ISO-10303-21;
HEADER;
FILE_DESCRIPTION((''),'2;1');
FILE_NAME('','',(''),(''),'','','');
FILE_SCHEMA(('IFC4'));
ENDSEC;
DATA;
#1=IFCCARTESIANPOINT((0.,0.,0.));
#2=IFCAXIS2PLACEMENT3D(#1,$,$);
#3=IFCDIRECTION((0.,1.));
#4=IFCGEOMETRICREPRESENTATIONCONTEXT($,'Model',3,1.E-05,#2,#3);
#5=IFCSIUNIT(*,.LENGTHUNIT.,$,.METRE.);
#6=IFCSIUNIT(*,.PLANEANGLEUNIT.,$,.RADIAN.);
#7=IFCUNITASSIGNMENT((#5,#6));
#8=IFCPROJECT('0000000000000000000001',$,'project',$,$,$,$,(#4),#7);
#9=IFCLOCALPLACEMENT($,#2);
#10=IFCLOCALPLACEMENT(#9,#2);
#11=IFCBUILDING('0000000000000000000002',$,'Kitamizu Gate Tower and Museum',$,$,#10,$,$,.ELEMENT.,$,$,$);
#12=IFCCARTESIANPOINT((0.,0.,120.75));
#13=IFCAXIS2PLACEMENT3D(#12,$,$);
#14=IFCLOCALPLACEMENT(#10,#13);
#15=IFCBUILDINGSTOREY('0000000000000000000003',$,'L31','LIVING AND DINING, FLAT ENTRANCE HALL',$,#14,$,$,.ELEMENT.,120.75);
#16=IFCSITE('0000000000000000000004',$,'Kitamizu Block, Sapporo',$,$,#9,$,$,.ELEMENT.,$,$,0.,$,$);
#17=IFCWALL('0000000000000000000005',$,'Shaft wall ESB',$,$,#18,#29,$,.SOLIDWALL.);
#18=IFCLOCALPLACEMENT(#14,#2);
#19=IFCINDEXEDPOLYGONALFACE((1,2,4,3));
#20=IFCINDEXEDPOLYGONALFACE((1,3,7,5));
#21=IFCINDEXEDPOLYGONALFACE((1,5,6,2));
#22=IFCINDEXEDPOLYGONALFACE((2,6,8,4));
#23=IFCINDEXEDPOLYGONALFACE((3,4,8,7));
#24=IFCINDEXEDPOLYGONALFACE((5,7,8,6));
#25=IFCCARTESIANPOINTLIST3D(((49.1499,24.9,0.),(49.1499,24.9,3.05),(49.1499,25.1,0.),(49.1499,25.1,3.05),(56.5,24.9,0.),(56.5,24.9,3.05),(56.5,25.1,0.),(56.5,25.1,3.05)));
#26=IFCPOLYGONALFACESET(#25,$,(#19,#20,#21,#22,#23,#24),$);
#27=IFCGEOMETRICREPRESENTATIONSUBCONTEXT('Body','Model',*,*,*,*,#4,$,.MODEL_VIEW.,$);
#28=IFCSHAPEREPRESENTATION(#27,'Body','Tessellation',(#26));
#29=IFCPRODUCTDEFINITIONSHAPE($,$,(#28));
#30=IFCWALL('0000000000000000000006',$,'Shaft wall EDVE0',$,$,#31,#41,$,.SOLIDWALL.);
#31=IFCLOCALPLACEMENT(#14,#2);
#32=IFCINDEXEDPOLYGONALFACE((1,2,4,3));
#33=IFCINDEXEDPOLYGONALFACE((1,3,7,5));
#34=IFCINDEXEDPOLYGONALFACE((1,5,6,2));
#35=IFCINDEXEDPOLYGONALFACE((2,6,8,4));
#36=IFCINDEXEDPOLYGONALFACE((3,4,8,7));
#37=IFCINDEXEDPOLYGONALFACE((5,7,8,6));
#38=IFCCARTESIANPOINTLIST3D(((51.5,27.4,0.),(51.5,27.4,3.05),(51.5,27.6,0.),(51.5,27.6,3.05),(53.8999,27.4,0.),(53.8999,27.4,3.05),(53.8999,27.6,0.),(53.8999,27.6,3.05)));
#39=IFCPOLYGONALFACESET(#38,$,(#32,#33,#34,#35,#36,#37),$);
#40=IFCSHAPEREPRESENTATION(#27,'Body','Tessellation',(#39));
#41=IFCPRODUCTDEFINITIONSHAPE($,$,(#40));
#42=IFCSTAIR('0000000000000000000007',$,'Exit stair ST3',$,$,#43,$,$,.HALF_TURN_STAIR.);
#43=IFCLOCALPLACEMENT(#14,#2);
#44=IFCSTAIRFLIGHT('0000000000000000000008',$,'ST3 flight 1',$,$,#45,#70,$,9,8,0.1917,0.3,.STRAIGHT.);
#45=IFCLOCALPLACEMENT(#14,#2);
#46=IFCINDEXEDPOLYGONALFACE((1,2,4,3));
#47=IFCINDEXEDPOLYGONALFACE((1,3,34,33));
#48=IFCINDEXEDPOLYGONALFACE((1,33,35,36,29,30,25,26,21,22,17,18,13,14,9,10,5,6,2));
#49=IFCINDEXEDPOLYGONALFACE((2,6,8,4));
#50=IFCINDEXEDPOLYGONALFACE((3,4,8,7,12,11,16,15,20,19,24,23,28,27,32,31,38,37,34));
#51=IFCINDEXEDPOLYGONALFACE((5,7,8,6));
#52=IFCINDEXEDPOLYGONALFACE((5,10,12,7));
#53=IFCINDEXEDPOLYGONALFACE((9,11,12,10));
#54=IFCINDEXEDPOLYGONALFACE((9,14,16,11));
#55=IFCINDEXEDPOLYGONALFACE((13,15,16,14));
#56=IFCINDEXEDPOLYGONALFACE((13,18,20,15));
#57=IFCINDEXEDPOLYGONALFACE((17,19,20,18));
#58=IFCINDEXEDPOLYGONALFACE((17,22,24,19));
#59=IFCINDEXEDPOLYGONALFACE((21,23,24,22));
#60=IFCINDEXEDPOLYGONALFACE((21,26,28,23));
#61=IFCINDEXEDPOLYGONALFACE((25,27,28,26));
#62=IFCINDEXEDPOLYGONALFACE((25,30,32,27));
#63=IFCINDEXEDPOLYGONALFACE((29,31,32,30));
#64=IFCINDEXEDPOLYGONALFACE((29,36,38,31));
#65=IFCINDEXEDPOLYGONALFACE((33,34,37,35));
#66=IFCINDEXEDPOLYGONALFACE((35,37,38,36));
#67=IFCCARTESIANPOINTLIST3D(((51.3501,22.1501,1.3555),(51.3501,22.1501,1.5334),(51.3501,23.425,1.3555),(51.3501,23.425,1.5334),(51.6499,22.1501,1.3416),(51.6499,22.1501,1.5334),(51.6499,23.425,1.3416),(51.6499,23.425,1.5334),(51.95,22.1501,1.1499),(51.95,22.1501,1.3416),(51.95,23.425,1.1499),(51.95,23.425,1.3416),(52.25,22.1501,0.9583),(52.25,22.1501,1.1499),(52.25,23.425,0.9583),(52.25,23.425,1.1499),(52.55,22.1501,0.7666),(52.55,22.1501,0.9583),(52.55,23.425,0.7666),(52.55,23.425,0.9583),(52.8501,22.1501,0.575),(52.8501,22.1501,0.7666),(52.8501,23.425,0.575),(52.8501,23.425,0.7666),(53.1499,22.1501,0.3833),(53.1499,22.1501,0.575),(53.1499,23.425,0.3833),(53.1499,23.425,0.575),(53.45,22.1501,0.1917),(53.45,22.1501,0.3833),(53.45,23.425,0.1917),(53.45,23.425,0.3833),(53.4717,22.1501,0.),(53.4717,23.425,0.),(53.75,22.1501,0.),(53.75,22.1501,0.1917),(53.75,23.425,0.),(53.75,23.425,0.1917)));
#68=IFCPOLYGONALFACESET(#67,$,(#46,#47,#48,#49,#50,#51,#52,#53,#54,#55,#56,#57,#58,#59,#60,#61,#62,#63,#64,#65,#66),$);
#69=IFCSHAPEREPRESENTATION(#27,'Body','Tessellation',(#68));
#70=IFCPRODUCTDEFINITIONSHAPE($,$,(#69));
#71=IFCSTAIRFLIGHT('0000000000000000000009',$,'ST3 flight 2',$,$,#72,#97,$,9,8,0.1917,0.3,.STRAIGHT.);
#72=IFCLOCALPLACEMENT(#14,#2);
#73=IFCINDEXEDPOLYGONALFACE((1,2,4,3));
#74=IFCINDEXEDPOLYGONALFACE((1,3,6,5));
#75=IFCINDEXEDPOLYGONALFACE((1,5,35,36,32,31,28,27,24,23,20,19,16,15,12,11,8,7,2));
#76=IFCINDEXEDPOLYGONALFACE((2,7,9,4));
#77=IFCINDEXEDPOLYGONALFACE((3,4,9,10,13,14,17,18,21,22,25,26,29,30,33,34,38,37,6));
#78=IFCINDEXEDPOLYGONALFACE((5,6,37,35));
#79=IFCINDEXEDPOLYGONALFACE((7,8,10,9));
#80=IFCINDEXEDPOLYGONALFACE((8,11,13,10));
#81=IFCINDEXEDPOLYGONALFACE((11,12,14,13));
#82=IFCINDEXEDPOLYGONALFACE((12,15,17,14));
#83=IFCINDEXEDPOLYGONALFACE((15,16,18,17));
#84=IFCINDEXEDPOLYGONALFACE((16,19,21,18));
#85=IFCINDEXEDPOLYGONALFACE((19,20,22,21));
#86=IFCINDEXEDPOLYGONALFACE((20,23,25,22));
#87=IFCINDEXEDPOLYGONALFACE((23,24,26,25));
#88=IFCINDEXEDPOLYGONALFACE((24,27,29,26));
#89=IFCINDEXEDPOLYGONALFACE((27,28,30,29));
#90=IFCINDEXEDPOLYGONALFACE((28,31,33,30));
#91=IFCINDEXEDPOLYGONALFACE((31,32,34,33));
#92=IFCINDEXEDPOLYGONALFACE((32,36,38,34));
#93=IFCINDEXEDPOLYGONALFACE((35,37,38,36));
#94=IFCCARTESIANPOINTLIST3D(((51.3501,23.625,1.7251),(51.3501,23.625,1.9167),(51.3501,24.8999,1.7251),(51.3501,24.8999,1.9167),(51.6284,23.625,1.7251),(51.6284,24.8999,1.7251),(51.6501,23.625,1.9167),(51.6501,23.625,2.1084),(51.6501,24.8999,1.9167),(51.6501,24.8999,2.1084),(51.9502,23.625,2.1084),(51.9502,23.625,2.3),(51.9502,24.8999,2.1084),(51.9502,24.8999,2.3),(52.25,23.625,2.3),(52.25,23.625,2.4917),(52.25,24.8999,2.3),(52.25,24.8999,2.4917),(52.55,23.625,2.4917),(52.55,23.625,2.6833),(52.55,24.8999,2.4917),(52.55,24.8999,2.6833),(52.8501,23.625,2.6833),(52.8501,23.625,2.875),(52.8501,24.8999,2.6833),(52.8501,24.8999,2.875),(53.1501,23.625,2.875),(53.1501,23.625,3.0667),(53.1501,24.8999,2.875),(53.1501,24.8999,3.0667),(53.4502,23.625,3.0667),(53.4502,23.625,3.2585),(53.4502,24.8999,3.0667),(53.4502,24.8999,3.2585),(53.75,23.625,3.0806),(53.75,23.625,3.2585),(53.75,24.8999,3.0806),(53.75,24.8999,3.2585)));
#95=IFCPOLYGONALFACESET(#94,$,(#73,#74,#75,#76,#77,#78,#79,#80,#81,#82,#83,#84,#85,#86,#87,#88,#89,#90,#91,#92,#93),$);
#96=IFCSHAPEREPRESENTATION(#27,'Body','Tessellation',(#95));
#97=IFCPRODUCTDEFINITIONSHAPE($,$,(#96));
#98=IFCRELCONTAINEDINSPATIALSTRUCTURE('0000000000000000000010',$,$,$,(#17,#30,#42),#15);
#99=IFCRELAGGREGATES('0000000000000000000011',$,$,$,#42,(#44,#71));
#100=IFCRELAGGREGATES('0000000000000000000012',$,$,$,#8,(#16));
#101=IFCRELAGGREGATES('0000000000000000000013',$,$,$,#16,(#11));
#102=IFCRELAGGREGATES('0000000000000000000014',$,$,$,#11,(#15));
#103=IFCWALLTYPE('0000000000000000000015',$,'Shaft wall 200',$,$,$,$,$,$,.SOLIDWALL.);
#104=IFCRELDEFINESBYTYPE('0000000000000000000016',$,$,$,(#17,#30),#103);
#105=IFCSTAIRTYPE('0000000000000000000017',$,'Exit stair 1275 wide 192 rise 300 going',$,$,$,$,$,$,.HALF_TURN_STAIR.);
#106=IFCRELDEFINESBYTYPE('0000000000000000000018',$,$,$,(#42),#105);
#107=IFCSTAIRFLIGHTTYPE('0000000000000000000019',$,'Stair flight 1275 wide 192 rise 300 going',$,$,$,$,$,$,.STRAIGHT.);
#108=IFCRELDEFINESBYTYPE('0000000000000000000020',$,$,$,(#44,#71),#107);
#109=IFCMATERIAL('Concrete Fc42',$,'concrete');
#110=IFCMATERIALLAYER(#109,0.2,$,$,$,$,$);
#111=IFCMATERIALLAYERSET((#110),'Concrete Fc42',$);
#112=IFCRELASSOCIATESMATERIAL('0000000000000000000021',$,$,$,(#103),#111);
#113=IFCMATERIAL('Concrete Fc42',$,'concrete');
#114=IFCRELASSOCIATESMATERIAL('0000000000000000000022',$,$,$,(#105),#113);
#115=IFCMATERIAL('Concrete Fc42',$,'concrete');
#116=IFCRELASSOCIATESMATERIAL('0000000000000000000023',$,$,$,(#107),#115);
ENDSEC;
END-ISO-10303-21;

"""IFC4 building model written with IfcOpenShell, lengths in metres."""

from ifc_helpers import new_model, si_unit, direction, frame, frame_2d, origin, place, context, subcontext, project, spatial, polyline, rectangle, outline, extrude, material, layer, layer_set, type_object, element, aggregate, save


model = new_model("IFC4")

# Units and contexts
model_context = context("Model", 3, precision=1e-05, world=origin(), true_north=direction((0.0, 1.0)))
body_context = subcontext(model_context, "Body", "Model", "MODEL_VIEW")
ifc_project = project(units=[si_unit("LENGTHUNIT", "METRE"), si_unit("PLANEANGLEUNIT", "RADIAN")], contexts=[model_context])

# Site, building, storey
site_placement = place(None, origin())
site = spatial("IfcSite", under=ifc_project, at=site_placement, Name="Kitamizu Block, Sapporo", CompositionType="ELEMENT", RefElevation=0.0)
building_placement = place(site_placement, origin())
building = spatial("IfcBuilding", under=site, at=building_placement, Name="Kitamizu Gate Tower and Museum", CompositionType="ELEMENT")
storey_placement = place(building_placement, frame((0.0, 0.0, 120.75)))
storey = spatial("IfcBuildingStorey", under=building, at=storey_placement, Name="L31", Description="LIVING AND DINING, FLAT ENTRANCE HALL", CompositionType="ELEMENT", Elevation=120.75)

# Shared definitions
ifc_material_1 = material(Name="Concrete Fc42", Category="concrete")
ifc_layer = layer(ifc_material_1, 0.2)
ifc_layer_set = layer_set([ifc_layer], Name="Concrete Fc42")
wall_type = type_object("IfcWallType", Name="Shaft wall 200", PredefinedType="SOLIDWALL", material=ifc_layer_set)

# Walls
wall_1_placement = place(storey_placement, frame((56.5, 25.0, 0.0), z_axis=(0.0, 0.0, 1.0), x_axis=(-1.0, 0.0, 0.0)))
element("IfcWall", 1, at=wall_1_placement, inside=storey, type_object=wall_type, Name="Shaft wall ESB", PredefinedType="SOLIDWALL", context=body_context, shape_type="SweptSolid", body=[
    extrude(rectangle(XDim=7.3501, YDim=0.2, at=frame_2d((3.675, 0.0))), origin(), (0.0, 0.0, 1.0), 3.05),
])
wall_2_placement = place(storey_placement, frame((53.8999, 27.5, 0.0), z_axis=(0.0, 0.0, 1.0), x_axis=(-1.0, 0.0, 0.0)))
element("IfcWall", 2, at=wall_2_placement, inside=storey, type_object=wall_type, Name="Shaft wall EDVE0", PredefinedType="SOLIDWALL", context=body_context, shape_type="SweptSolid", body=[
    extrude(rectangle(XDim=2.3999, YDim=0.2, at=frame_2d((1.2, 0.0))), origin(), (0.0, 0.0, 1.0), 3.05),
])

# Stair, stair flights
ifc_material_2 = material(Name="Concrete Fc42", Category="concrete")
stair_type = type_object("IfcStairType", Name="Exit stair 1275 wide 192 rise 300 going", PredefinedType="HALF_TURN_STAIR", material=ifc_material_2)
stair_placement = place(storey_placement, origin())
stair = element("IfcStair", 3, at=stair_placement, inside=storey, type_object=stair_type, Name="Exit stair ST3", PredefinedType="HALF_TURN_STAIR")
ifc_material_3 = material(Name="Concrete Fc42", Category="concrete")
stair_flight_type = type_object("IfcStairFlightType", Name="Stair flight 1275 wide 192 rise 300 going", PredefinedType="STRAIGHT", material=ifc_material_3)
stair_flight_1_placement = place(storey_placement, frame((53.75, 22.7876, 0.0), z_axis=(0.0, 0.0, 1.0), x_axis=(-1.0, 0.0, 0.0)))
stair_flight_1 = element("IfcStairFlight", 4, at=stair_flight_1_placement, type_object=stair_flight_type, Name="ST3 flight 1", NumberOfRisers=9, NumberOfTreads=8, PredefinedType="STRAIGHT", RiserHeight=0.1917, TreadLength=0.3, context=body_context, shape_type="SweptSolid", body=[
    extrude(outline(polyline([(0.0, 0.0), (0.0, 0.1917), (0.3, 0.1917), (0.3, 0.3833), (0.6001, 0.3833), (0.6001, 0.575), (0.8999, 0.575), (0.8999, 0.7666), (1.2, 0.7666), (1.2, 0.9583), (1.5, 0.9583), (1.5, 1.1499), (1.8, 1.1499), (1.8, 1.3416), (2.1001, 1.3416), (2.1001, 1.5334), (2.3999, 1.5334), (2.3999, 1.7251), (2.3999, 1.3555), (0.2783, 0.0), (0.0, 0.0)])), frame((0.0, 0.6375, 0.0), z_axis=(0.0, -1.0, 0.0), x_axis=(1.0, 0.0, 0.0)), (0.0, 0.0, 1.0), 1.2749),
])
stair_flight_2_placement = place(storey_placement, frame((51.3501, 24.2625, 1.7251), z_axis=(0.0, 0.0, 1.0), x_axis=(1.0, 0.0, 0.0)))
stair_flight_2 = element("IfcStairFlight", 5, at=stair_flight_2_placement, type_object=stair_flight_type, Name="ST3 flight 2", NumberOfRisers=9, NumberOfTreads=8, PredefinedType="STRAIGHT", RiserHeight=0.1917, TreadLength=0.3, context=body_context, shape_type="SweptSolid", body=[
    extrude(outline(polyline([(0.0, 0.0), (0.0, 0.1917), (0.3, 0.1917), (0.3, 0.3833), (0.6001, 0.3833), (0.6001, 0.575), (0.8999, 0.575), (0.8999, 0.7666), (1.2, 0.7666), (1.2, 0.9583), (1.5, 0.9583), (1.5, 1.1499), (1.8, 1.1499), (1.8, 1.3416), (2.1001, 1.3416), (2.1001, 1.5334), (2.3999, 1.5334), (2.3999, 1.7251), (2.3999, 1.3555), (0.2783, 0.0), (0.0, 0.0)])), frame((0.0, 0.6375, 0.0), z_axis=(0.0, -1.0, 0.0), x_axis=(1.0, 0.0, 0.0)), (0.0, 0.0, 1.0), 1.2749),
])
aggregate(stair, [stair_flight_1, stair_flight_2])

save(model, "model.ifc")
